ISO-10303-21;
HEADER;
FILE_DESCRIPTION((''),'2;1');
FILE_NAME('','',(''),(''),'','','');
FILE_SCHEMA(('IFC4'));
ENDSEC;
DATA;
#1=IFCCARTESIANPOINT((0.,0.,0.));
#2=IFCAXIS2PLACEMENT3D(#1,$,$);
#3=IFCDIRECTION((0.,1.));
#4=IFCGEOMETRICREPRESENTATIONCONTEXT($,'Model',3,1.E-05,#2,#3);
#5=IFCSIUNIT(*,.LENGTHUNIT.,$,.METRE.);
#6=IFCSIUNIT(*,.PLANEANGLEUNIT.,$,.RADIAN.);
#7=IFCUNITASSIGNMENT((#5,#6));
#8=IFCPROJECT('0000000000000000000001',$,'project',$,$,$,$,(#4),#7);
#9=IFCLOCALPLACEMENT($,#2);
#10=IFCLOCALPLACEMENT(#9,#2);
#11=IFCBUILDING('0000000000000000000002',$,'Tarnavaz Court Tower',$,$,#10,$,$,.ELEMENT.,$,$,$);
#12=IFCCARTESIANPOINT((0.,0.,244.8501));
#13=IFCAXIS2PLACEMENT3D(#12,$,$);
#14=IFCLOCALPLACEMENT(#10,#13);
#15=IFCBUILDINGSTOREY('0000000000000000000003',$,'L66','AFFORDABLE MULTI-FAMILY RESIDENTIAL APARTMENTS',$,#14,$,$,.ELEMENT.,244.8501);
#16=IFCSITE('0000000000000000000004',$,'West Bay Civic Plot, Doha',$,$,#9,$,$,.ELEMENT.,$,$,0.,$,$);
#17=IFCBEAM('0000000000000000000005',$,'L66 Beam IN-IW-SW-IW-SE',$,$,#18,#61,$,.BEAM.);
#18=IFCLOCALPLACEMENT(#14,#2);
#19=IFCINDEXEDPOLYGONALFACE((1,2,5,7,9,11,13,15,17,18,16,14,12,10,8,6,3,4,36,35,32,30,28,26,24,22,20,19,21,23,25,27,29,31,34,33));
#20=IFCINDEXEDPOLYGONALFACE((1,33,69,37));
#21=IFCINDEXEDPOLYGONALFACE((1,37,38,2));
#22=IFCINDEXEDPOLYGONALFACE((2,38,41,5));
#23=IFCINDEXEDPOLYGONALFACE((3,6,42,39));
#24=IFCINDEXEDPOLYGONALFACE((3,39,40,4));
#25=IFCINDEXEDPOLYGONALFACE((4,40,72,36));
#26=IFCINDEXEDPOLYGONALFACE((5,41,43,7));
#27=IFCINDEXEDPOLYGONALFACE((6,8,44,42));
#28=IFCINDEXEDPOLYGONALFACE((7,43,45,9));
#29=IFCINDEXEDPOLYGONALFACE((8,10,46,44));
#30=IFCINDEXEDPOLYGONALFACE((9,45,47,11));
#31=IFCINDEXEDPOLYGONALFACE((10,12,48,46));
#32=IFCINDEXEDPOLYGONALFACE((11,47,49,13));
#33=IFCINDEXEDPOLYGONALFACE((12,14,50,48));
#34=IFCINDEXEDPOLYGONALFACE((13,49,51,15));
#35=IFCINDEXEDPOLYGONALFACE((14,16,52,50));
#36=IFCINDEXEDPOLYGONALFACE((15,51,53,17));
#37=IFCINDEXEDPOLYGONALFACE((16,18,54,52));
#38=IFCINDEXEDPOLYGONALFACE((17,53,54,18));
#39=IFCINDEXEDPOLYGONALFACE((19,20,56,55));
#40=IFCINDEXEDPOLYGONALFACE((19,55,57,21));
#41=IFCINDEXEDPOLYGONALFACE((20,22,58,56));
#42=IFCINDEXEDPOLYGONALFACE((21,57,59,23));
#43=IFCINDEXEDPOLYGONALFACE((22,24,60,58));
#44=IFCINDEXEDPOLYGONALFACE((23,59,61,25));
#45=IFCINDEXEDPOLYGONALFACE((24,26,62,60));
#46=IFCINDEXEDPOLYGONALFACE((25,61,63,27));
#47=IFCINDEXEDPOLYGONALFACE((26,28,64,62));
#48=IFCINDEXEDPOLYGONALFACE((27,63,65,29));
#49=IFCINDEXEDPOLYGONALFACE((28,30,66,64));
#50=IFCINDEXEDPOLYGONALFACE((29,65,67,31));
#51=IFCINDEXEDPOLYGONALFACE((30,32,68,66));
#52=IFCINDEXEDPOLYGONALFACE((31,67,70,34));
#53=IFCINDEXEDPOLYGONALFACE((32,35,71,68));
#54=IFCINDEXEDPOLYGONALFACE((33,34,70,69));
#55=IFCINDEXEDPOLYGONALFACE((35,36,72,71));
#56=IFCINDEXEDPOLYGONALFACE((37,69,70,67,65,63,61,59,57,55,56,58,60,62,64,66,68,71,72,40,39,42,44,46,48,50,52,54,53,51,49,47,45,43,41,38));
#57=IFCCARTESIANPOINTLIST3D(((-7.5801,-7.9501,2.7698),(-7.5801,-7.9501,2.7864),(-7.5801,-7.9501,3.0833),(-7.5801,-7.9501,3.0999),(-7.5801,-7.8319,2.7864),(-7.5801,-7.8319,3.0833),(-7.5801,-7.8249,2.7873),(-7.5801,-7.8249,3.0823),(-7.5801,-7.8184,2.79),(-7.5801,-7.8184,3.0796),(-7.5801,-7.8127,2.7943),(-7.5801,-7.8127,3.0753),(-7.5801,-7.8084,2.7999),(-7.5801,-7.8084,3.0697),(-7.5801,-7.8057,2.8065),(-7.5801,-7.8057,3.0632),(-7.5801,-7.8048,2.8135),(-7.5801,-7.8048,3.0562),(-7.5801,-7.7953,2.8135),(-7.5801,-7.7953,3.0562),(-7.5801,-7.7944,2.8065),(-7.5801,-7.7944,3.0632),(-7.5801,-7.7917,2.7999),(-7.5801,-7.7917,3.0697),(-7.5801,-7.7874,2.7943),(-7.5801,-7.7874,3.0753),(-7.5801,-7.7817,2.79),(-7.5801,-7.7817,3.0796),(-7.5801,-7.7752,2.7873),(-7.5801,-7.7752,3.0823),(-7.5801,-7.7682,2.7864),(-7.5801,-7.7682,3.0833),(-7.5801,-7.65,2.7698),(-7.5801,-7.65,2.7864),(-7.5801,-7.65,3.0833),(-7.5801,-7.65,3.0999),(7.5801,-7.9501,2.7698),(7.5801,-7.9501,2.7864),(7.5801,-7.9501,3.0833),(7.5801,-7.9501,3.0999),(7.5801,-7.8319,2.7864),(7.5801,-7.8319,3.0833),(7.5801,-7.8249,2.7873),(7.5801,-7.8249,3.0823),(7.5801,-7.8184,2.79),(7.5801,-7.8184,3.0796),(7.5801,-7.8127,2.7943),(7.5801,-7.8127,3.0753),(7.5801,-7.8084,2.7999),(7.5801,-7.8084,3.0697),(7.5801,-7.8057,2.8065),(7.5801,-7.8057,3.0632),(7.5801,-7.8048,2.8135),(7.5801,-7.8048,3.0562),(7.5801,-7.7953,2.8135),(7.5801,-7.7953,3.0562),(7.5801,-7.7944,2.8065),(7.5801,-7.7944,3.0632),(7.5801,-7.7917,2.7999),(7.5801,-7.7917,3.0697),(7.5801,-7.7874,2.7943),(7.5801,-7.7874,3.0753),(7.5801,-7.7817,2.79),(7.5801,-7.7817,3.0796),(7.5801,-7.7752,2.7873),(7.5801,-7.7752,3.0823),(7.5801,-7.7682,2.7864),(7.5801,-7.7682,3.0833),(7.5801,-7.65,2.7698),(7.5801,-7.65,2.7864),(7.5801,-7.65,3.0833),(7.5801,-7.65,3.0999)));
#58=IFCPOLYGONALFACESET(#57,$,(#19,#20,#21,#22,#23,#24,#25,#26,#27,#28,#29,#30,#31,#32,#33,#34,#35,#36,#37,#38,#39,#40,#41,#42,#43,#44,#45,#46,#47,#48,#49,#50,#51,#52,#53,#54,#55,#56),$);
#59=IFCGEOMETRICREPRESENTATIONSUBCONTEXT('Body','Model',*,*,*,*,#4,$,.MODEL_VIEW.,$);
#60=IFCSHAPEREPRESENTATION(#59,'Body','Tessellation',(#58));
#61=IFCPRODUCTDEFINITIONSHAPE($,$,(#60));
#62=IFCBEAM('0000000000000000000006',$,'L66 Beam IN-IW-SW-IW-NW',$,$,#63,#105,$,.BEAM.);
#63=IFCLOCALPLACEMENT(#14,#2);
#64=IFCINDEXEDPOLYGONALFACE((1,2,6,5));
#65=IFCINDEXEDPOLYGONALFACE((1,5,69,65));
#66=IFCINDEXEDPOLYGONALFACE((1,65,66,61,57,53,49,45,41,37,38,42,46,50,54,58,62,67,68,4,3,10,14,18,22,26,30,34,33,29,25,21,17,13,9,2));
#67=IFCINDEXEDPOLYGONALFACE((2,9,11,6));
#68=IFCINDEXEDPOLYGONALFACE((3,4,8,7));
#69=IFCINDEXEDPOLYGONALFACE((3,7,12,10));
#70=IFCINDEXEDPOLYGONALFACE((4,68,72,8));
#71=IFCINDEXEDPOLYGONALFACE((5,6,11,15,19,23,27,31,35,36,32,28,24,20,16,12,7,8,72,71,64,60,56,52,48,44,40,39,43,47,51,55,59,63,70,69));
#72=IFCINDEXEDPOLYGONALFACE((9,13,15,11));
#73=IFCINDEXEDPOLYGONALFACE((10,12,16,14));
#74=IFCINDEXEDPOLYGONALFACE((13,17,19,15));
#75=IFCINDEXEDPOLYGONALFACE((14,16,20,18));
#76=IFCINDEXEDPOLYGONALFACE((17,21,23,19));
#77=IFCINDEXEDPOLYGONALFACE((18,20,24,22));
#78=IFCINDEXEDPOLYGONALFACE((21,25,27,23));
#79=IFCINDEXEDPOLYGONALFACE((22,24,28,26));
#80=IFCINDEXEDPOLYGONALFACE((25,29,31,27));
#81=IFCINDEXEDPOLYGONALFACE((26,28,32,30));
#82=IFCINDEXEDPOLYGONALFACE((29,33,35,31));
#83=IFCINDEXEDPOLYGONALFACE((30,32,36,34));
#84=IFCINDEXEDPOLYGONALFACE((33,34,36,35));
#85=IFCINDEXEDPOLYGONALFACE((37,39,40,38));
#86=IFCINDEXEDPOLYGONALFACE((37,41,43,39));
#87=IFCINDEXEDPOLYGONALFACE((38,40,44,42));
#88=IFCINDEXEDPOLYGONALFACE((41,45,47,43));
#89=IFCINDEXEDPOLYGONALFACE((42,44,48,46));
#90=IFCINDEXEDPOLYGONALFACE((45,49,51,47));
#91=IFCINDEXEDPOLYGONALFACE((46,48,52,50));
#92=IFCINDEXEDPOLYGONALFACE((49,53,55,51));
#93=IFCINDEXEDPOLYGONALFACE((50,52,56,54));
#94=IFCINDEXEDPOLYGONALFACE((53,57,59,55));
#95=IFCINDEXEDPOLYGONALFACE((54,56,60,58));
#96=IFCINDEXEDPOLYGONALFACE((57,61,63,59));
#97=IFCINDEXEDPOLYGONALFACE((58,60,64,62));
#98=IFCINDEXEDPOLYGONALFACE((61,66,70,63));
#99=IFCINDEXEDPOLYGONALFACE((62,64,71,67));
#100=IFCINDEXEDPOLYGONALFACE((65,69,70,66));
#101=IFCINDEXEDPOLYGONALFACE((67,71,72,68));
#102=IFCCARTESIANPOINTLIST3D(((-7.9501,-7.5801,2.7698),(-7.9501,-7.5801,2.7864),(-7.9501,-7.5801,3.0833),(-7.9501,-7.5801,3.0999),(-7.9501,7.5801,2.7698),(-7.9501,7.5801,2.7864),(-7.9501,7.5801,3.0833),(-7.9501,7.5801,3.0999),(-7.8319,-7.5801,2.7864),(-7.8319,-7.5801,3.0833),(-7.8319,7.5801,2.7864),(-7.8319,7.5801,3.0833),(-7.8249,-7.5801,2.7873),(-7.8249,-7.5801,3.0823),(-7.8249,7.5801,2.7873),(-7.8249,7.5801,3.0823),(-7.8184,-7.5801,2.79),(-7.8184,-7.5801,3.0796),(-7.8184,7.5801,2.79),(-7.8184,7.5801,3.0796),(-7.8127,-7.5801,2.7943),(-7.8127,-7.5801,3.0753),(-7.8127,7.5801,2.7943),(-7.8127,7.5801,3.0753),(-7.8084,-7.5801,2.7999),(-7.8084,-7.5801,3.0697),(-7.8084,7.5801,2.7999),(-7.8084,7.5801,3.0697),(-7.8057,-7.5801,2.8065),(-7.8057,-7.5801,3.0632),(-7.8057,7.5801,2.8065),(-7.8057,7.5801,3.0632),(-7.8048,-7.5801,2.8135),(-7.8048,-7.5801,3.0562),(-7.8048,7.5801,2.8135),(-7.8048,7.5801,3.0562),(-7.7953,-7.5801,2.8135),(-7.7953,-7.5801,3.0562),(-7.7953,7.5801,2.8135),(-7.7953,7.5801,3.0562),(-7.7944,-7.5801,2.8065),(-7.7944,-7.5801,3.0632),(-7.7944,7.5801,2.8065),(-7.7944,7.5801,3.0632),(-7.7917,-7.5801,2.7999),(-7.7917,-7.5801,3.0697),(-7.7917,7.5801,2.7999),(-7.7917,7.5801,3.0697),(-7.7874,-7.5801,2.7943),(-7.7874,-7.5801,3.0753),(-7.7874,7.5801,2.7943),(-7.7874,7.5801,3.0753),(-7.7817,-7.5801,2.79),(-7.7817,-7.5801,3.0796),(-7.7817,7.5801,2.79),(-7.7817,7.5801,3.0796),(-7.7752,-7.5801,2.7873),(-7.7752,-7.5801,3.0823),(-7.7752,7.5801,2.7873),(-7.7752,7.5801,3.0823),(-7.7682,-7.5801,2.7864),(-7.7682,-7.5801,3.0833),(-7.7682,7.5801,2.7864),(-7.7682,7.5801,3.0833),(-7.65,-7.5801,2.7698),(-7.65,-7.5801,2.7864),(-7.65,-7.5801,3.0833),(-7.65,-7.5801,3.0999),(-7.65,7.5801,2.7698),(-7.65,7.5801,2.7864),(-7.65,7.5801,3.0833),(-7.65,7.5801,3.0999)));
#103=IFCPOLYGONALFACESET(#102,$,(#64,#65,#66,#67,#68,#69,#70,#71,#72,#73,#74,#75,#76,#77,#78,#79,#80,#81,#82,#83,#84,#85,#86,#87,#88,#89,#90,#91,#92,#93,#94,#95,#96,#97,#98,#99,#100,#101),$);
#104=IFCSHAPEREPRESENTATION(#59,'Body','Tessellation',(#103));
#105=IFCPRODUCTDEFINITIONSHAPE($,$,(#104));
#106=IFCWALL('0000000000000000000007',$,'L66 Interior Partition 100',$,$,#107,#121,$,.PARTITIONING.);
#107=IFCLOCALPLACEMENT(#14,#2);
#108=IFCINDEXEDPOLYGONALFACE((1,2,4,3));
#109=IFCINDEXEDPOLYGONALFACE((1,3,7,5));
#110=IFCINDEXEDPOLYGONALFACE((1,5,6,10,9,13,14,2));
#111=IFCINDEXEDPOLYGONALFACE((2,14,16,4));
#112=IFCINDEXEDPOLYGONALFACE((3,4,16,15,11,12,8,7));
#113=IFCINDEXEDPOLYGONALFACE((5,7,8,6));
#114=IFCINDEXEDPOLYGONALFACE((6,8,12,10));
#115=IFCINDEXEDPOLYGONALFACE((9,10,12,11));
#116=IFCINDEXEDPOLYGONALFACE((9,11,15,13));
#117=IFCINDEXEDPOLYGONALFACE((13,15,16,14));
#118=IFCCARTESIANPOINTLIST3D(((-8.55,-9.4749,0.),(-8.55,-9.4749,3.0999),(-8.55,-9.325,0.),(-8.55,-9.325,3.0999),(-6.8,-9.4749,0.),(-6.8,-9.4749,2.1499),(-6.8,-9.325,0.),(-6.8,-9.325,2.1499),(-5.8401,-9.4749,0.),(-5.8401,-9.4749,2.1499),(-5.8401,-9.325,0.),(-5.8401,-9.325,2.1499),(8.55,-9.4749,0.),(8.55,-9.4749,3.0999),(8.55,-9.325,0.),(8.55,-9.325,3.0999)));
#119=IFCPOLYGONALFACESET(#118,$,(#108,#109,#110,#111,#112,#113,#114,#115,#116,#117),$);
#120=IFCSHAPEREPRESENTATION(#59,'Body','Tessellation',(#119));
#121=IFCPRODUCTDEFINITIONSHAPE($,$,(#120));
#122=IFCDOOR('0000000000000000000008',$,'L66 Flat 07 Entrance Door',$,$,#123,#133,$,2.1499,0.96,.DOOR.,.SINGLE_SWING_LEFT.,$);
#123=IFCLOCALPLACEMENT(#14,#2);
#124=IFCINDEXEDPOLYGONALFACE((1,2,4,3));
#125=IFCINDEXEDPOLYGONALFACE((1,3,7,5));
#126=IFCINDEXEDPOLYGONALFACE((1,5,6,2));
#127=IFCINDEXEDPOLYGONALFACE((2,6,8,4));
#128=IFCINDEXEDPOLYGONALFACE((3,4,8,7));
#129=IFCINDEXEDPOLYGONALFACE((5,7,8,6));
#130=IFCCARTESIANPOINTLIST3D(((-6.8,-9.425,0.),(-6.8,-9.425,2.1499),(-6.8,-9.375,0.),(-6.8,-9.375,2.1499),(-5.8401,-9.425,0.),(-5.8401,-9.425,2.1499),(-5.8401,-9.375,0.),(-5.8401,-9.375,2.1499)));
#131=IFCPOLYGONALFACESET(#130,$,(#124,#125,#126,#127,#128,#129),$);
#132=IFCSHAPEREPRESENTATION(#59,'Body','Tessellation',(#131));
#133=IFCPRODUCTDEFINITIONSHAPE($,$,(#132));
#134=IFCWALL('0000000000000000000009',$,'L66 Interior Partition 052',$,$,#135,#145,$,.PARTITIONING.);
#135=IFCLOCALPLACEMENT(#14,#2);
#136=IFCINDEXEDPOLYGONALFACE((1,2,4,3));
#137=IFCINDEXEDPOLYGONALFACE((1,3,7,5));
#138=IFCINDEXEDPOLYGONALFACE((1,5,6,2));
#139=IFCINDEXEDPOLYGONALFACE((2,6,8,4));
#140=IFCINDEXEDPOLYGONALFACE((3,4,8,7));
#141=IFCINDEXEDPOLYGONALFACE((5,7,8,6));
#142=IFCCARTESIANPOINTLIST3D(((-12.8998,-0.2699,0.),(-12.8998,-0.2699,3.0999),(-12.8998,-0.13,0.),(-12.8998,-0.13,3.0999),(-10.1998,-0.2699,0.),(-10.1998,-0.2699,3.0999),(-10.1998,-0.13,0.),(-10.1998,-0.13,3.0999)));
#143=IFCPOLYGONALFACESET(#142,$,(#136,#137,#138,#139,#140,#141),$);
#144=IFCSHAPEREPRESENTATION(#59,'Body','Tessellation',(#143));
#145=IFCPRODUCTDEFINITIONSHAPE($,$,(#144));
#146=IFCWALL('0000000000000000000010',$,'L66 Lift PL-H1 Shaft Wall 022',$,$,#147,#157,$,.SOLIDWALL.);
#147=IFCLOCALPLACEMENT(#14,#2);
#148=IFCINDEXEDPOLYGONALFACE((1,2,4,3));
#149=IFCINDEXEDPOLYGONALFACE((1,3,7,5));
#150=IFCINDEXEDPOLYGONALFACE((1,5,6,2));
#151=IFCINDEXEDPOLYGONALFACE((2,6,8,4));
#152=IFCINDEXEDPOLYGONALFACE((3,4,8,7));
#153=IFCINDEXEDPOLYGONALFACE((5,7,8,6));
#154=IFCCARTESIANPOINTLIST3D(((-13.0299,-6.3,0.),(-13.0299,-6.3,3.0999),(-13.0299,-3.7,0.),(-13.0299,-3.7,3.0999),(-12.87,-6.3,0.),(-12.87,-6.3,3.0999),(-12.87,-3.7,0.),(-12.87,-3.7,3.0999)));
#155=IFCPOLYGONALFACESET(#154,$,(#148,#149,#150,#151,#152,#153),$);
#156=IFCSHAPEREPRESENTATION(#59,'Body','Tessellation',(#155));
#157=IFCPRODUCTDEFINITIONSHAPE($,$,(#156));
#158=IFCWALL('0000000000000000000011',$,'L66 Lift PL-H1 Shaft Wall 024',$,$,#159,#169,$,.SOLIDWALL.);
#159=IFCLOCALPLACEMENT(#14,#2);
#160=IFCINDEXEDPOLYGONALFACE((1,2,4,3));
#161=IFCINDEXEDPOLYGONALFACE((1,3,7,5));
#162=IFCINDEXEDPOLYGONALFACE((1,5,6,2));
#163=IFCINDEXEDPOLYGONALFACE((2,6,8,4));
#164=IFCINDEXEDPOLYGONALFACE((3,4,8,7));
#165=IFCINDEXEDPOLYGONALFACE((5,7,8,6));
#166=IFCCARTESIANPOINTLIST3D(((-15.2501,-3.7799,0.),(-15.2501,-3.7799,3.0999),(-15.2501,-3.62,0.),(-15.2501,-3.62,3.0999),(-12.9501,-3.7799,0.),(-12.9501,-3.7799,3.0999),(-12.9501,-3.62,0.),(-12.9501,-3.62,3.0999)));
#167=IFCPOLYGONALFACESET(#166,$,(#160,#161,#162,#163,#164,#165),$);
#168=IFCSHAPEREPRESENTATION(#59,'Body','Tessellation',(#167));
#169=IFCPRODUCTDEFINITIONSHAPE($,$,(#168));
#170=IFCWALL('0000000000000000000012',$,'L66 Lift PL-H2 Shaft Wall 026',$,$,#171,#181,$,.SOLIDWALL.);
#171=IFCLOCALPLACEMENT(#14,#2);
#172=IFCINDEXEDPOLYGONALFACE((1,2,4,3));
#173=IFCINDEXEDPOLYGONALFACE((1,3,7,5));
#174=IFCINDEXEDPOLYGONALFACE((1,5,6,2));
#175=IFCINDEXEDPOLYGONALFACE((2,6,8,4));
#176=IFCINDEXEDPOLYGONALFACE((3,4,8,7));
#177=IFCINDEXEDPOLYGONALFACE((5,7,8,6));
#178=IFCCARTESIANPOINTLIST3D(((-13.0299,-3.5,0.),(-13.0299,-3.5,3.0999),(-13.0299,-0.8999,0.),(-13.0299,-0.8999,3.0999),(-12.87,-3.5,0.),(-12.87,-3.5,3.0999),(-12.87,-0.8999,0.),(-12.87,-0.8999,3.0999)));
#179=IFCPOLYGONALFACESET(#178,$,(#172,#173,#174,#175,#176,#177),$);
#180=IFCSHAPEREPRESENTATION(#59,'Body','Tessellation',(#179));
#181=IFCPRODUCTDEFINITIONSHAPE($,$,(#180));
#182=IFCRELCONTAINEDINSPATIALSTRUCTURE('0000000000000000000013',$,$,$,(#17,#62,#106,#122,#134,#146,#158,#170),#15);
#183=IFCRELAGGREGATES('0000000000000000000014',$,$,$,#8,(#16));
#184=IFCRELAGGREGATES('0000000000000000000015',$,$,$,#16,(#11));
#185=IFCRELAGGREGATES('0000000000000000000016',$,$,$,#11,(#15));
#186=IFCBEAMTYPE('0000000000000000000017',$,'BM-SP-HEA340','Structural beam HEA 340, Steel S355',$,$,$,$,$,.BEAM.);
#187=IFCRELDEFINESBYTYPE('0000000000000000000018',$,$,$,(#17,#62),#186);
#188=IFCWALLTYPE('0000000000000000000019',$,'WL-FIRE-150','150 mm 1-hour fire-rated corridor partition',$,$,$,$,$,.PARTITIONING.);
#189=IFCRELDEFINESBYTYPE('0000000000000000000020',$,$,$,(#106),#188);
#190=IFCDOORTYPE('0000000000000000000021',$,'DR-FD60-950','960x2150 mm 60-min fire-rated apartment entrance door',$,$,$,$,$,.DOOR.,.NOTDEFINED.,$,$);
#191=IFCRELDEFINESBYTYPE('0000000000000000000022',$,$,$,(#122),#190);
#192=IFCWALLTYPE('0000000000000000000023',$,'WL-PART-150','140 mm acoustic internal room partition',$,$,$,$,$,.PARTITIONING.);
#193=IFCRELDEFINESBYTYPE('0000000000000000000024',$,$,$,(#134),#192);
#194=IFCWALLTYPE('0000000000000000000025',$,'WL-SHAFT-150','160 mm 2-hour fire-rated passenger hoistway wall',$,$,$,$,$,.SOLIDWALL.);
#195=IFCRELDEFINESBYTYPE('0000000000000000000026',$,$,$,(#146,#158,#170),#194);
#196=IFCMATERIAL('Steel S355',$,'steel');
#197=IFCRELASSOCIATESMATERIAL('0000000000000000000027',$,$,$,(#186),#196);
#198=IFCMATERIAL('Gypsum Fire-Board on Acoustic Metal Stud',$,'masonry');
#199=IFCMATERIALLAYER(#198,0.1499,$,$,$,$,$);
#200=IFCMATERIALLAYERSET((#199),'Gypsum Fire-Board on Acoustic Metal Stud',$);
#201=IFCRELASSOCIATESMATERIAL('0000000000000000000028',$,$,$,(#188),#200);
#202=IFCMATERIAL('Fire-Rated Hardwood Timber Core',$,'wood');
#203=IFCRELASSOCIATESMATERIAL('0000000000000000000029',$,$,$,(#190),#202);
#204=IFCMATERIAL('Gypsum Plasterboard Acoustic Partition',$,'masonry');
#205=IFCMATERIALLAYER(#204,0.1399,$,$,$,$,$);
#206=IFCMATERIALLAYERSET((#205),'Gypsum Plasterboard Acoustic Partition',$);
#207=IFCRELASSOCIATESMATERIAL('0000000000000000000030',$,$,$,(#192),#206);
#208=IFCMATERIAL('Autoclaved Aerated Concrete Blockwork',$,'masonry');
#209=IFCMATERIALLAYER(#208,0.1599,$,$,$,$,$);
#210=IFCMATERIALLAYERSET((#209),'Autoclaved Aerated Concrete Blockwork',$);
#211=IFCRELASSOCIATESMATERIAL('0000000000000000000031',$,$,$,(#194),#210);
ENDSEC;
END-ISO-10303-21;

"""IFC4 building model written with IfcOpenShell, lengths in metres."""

from ifc_helpers import new_model, si_unit, direction, frame, frame_2d, origin, origin_2d, place, context, subcontext, project, spatial, rectangle, i_section, extrude, material, layer, layer_set, material_profile, profile_set, type_object, element, fill, save


model = new_model("IFC4")

# Units and contexts
model_context = context("Model", 3, precision=1e-05, world=origin(), true_north=direction((0.0, 1.0)))
body_context = subcontext(model_context, "Body", "Model", "MODEL_VIEW")
ifc_project = project(units=[si_unit("LENGTHUNIT", "METRE"), si_unit("PLANEANGLEUNIT", "RADIAN")], contexts=[model_context])

# Site, building, storey
site_placement = place(None, origin())
site = spatial("IfcSite", under=ifc_project, at=site_placement, Name="West Bay Civic Plot, Doha", CompositionType="ELEMENT", RefElevation=0.0)
building_placement = place(site_placement, origin())
building = spatial("IfcBuilding", under=site, at=building_placement, Name="Tarnavaz Court Tower", CompositionType="ELEMENT")
storey_placement = place(building_placement, frame((0.0, 0.0, 244.8501)))
storey = spatial("IfcBuildingStorey", under=building, at=storey_placement, Name="L66", Description="AFFORDABLE MULTI-FAMILY RESIDENTIAL APARTMENTS", CompositionType="ELEMENT", Elevation=244.8501)

# Beams
ifc_material_1 = material(Name="Steel S355", Category="steel")
ifc_material_profile_1 = material_profile(ifc_material_1, i_section(OverallWidth=0.3, OverallDepth=0.3301, WebThickness=0.0095, FlangeThickness=0.0166, FilletRadius=0.0271, at=origin_2d()), Name="HEA 340")
ifc_profile_set_1 = profile_set([ifc_material_profile_1], Name="Steel S355")
beam_type_1 = type_object("IfcBeamType", Name="BM-SP-HEA340", Description="Structural beam HEA 340, Steel S355", PredefinedType="BEAM", material=ifc_profile_set_1)
for number, where, z_axis, x_axis, name in (
    (1, (-7.5801, -7.8, 2.9348), (1.0, 0.0, 0.0), (0.0, 1.0, 0.0), "L66 Beam IN-IW-SW-IW-SE"),
    (2, (-7.8, -7.5801, 2.9348), (0.0, 1.0, 0.0), (-1.0, 0.0, 0.0), "L66 Beam IN-IW-SW-IW-NW"),
):
    element("IfcBeam", number, at=place(storey_placement, frame(where, z_axis=z_axis, x_axis=x_axis)), inside=storey, type_object=beam_type_1, Name=name, PredefinedType="BEAM", context=body_context, shape_type="SweptSolid", body=[
        extrude(i_section(OverallWidth=0.3, OverallDepth=0.3301, WebThickness=0.0095, FlangeThickness=0.0166, FilletRadius=0.0271, at=origin_2d()), origin(), (0.0, 0.0, 1.0), 15.1602),
    ])

# Wall, opening, door
ifc_material_2 = material(Name="Gypsum Fire-Board on Acoustic Metal Stud", Category="masonry")
ifc_layer_1 = layer(ifc_material_2, 0.1499)
ifc_layer_set_1 = layer_set([ifc_layer_1], Name="Gypsum Fire-Board on Acoustic Metal Stud")
wall_type_1 = type_object("IfcWallType", Name="WL-FIRE-150", Description="150 mm 1-hour fire-rated corridor partition", PredefinedType="PARTITIONING", material=ifc_layer_set_1)
wall_1_placement = place(storey_placement, frame((-8.55, -9.3999, 0.0), z_axis=(0.0, 0.0, 1.0), x_axis=(1.0, 0.0, 0.0)))
wall_1 = element("IfcWall", 3, at=wall_1_placement, inside=storey, type_object=wall_type_1, Name="L66 Interior Partition 100", PredefinedType="PARTITIONING", context=body_context, shape_type="SweptSolid", body=[
    extrude(rectangle(XDim=17.1001, YDim=0.1499, at=frame_2d((8.55, 0.0))), origin(), (0.0, 0.0, 1.0), 3.0999),
])
opening_1_placement = place(wall_1_placement, frame((1.75, 0.0, 0.0)))
opening_1 = element("IfcOpeningElement", 4, at=opening_1_placement, cuts=wall_1, PredefinedType="OPENING", context=body_context, shape_type="SweptSolid", body=[
    extrude(rectangle(XDim=0.96, YDim=2.1499, at=frame_2d((0.48, 1.075))), frame((0.0, 0.085, 0.0), z_axis=(0.0, -1.0, 0.0), x_axis=(1.0, 0.0, 0.0)), (0.0, 0.0, 1.0), 0.1699),
])
ifc_material_3 = material(Name="Fire-Rated Hardwood Timber Core", Category="wood")
door_type_1 = type_object("IfcDoorType", Name="DR-FD60-950", Description="960x2150 mm 60-min fire-rated apartment entrance door", OperationType="NOTDEFINED", PredefinedType="DOOR", material=ifc_material_3)
door_1_placement = place(opening_1_placement, origin())
door_1 = element("IfcDoor", 5, at=door_1_placement, inside=storey, type_object=door_type_1, Name="L66 Flat 07 Entrance Door", OperationType="SINGLE_SWING_LEFT", OverallHeight=2.1499, OverallWidth=0.96, PredefinedType="DOOR", context=body_context, shape_type="SweptSolid", body=[
    extrude(rectangle(XDim=0.96, YDim=2.1499, at=frame_2d((0.48, 1.075))), frame((0.0, 0.0249, 0.0), z_axis=(0.0, -1.0, 0.0), x_axis=(1.0, 0.0, 0.0)), (0.0, 0.0, 1.0), 0.05),
])
fill(opening_1, door_1)

# Shared definitions
ifc_material_4 = material(Name="Gypsum Plasterboard Acoustic Partition", Category="masonry")
ifc_layer_2 = layer(ifc_material_4, 0.1399)
ifc_layer_set_2 = layer_set([ifc_layer_2], Name="Gypsum Plasterboard Acoustic Partition")
wall_type_2 = type_object("IfcWallType", Name="WL-PART-150", Description="140 mm acoustic internal room partition", PredefinedType="PARTITIONING", material=ifc_layer_set_2)

# Walls
wall_2_placement = place(storey_placement, frame((-12.8999, -0.2, 0.0), z_axis=(0.0, 0.0, 1.0), x_axis=(1.0, 0.0, 0.0)))
element("IfcWall", 6, at=wall_2_placement, inside=storey, type_object=wall_type_2, Name="L66 Interior Partition 052", PredefinedType="PARTITIONING", context=body_context, shape_type="SweptSolid", body=[
    extrude(rectangle(XDim=2.7, YDim=0.1399, at=frame_2d((1.3501, 0.0))), origin(), (0.0, 0.0, 1.0), 3.0999),
])
ifc_material_5 = material(Name="Autoclaved Aerated Concrete Blockwork", Category="masonry")
ifc_layer_3 = layer(ifc_material_5, 0.1599)
ifc_layer_set_3 = layer_set([ifc_layer_3], Name="Autoclaved Aerated Concrete Blockwork")
wall_type_3 = type_object("IfcWallType", Name="WL-SHAFT-150", Description="160 mm 2-hour fire-rated passenger hoistway wall", PredefinedType="SOLIDWALL", material=ifc_layer_set_3)
wall_3_placement = place(storey_placement, frame((-12.95, -6.3, 0.0), z_axis=(0.0, 0.0, 1.0), x_axis=(0.0, 1.0, 0.0)))
element("IfcWall", 7, at=wall_3_placement, inside=storey, type_object=wall_type_3, Name="L66 Lift PL-H1 Shaft Wall 022", PredefinedType="SOLIDWALL", context=body_context, shape_type="SweptSolid", body=[
    extrude(rectangle(XDim=2.6001, YDim=0.1599, at=frame_2d((1.3, 0.0))), origin(), (0.0, 0.0, 1.0), 3.0999),
])
wall_4_placement = place(storey_placement, frame((-15.25, -3.7, 0.0), z_axis=(0.0, 0.0, 1.0), x_axis=(1.0, 0.0, 0.0)))
element("IfcWall", 8, at=wall_4_placement, inside=storey, type_object=wall_type_3, Name="L66 Lift PL-H1 Shaft Wall 024", PredefinedType="SOLIDWALL", context=body_context, shape_type="SweptSolid", body=[
    extrude(rectangle(XDim=2.3, YDim=0.1599, at=frame_2d((1.1499, 0.0))), origin(), (0.0, 0.0, 1.0), 3.0999),
])

# Wall
wall_5_placement = place(storey_placement, frame((-12.95, -3.5, 0.0), z_axis=(0.0, 0.0, 1.0), x_axis=(0.0, 1.0, 0.0)))
element("IfcWall", 9, at=wall_5_placement, inside=storey, type_object=wall_type_3, Name="L66 Lift PL-H2 Shaft Wall 026", PredefinedType="SOLIDWALL", context=body_context, shape_type="SweptSolid", body=[
    extrude(rectangle(XDim=2.6001, YDim=0.1599, at=frame_2d((1.3, 0.0))), origin(), (0.0, 0.0, 1.0), 3.0999),
])

save(model, "model.ifc")
